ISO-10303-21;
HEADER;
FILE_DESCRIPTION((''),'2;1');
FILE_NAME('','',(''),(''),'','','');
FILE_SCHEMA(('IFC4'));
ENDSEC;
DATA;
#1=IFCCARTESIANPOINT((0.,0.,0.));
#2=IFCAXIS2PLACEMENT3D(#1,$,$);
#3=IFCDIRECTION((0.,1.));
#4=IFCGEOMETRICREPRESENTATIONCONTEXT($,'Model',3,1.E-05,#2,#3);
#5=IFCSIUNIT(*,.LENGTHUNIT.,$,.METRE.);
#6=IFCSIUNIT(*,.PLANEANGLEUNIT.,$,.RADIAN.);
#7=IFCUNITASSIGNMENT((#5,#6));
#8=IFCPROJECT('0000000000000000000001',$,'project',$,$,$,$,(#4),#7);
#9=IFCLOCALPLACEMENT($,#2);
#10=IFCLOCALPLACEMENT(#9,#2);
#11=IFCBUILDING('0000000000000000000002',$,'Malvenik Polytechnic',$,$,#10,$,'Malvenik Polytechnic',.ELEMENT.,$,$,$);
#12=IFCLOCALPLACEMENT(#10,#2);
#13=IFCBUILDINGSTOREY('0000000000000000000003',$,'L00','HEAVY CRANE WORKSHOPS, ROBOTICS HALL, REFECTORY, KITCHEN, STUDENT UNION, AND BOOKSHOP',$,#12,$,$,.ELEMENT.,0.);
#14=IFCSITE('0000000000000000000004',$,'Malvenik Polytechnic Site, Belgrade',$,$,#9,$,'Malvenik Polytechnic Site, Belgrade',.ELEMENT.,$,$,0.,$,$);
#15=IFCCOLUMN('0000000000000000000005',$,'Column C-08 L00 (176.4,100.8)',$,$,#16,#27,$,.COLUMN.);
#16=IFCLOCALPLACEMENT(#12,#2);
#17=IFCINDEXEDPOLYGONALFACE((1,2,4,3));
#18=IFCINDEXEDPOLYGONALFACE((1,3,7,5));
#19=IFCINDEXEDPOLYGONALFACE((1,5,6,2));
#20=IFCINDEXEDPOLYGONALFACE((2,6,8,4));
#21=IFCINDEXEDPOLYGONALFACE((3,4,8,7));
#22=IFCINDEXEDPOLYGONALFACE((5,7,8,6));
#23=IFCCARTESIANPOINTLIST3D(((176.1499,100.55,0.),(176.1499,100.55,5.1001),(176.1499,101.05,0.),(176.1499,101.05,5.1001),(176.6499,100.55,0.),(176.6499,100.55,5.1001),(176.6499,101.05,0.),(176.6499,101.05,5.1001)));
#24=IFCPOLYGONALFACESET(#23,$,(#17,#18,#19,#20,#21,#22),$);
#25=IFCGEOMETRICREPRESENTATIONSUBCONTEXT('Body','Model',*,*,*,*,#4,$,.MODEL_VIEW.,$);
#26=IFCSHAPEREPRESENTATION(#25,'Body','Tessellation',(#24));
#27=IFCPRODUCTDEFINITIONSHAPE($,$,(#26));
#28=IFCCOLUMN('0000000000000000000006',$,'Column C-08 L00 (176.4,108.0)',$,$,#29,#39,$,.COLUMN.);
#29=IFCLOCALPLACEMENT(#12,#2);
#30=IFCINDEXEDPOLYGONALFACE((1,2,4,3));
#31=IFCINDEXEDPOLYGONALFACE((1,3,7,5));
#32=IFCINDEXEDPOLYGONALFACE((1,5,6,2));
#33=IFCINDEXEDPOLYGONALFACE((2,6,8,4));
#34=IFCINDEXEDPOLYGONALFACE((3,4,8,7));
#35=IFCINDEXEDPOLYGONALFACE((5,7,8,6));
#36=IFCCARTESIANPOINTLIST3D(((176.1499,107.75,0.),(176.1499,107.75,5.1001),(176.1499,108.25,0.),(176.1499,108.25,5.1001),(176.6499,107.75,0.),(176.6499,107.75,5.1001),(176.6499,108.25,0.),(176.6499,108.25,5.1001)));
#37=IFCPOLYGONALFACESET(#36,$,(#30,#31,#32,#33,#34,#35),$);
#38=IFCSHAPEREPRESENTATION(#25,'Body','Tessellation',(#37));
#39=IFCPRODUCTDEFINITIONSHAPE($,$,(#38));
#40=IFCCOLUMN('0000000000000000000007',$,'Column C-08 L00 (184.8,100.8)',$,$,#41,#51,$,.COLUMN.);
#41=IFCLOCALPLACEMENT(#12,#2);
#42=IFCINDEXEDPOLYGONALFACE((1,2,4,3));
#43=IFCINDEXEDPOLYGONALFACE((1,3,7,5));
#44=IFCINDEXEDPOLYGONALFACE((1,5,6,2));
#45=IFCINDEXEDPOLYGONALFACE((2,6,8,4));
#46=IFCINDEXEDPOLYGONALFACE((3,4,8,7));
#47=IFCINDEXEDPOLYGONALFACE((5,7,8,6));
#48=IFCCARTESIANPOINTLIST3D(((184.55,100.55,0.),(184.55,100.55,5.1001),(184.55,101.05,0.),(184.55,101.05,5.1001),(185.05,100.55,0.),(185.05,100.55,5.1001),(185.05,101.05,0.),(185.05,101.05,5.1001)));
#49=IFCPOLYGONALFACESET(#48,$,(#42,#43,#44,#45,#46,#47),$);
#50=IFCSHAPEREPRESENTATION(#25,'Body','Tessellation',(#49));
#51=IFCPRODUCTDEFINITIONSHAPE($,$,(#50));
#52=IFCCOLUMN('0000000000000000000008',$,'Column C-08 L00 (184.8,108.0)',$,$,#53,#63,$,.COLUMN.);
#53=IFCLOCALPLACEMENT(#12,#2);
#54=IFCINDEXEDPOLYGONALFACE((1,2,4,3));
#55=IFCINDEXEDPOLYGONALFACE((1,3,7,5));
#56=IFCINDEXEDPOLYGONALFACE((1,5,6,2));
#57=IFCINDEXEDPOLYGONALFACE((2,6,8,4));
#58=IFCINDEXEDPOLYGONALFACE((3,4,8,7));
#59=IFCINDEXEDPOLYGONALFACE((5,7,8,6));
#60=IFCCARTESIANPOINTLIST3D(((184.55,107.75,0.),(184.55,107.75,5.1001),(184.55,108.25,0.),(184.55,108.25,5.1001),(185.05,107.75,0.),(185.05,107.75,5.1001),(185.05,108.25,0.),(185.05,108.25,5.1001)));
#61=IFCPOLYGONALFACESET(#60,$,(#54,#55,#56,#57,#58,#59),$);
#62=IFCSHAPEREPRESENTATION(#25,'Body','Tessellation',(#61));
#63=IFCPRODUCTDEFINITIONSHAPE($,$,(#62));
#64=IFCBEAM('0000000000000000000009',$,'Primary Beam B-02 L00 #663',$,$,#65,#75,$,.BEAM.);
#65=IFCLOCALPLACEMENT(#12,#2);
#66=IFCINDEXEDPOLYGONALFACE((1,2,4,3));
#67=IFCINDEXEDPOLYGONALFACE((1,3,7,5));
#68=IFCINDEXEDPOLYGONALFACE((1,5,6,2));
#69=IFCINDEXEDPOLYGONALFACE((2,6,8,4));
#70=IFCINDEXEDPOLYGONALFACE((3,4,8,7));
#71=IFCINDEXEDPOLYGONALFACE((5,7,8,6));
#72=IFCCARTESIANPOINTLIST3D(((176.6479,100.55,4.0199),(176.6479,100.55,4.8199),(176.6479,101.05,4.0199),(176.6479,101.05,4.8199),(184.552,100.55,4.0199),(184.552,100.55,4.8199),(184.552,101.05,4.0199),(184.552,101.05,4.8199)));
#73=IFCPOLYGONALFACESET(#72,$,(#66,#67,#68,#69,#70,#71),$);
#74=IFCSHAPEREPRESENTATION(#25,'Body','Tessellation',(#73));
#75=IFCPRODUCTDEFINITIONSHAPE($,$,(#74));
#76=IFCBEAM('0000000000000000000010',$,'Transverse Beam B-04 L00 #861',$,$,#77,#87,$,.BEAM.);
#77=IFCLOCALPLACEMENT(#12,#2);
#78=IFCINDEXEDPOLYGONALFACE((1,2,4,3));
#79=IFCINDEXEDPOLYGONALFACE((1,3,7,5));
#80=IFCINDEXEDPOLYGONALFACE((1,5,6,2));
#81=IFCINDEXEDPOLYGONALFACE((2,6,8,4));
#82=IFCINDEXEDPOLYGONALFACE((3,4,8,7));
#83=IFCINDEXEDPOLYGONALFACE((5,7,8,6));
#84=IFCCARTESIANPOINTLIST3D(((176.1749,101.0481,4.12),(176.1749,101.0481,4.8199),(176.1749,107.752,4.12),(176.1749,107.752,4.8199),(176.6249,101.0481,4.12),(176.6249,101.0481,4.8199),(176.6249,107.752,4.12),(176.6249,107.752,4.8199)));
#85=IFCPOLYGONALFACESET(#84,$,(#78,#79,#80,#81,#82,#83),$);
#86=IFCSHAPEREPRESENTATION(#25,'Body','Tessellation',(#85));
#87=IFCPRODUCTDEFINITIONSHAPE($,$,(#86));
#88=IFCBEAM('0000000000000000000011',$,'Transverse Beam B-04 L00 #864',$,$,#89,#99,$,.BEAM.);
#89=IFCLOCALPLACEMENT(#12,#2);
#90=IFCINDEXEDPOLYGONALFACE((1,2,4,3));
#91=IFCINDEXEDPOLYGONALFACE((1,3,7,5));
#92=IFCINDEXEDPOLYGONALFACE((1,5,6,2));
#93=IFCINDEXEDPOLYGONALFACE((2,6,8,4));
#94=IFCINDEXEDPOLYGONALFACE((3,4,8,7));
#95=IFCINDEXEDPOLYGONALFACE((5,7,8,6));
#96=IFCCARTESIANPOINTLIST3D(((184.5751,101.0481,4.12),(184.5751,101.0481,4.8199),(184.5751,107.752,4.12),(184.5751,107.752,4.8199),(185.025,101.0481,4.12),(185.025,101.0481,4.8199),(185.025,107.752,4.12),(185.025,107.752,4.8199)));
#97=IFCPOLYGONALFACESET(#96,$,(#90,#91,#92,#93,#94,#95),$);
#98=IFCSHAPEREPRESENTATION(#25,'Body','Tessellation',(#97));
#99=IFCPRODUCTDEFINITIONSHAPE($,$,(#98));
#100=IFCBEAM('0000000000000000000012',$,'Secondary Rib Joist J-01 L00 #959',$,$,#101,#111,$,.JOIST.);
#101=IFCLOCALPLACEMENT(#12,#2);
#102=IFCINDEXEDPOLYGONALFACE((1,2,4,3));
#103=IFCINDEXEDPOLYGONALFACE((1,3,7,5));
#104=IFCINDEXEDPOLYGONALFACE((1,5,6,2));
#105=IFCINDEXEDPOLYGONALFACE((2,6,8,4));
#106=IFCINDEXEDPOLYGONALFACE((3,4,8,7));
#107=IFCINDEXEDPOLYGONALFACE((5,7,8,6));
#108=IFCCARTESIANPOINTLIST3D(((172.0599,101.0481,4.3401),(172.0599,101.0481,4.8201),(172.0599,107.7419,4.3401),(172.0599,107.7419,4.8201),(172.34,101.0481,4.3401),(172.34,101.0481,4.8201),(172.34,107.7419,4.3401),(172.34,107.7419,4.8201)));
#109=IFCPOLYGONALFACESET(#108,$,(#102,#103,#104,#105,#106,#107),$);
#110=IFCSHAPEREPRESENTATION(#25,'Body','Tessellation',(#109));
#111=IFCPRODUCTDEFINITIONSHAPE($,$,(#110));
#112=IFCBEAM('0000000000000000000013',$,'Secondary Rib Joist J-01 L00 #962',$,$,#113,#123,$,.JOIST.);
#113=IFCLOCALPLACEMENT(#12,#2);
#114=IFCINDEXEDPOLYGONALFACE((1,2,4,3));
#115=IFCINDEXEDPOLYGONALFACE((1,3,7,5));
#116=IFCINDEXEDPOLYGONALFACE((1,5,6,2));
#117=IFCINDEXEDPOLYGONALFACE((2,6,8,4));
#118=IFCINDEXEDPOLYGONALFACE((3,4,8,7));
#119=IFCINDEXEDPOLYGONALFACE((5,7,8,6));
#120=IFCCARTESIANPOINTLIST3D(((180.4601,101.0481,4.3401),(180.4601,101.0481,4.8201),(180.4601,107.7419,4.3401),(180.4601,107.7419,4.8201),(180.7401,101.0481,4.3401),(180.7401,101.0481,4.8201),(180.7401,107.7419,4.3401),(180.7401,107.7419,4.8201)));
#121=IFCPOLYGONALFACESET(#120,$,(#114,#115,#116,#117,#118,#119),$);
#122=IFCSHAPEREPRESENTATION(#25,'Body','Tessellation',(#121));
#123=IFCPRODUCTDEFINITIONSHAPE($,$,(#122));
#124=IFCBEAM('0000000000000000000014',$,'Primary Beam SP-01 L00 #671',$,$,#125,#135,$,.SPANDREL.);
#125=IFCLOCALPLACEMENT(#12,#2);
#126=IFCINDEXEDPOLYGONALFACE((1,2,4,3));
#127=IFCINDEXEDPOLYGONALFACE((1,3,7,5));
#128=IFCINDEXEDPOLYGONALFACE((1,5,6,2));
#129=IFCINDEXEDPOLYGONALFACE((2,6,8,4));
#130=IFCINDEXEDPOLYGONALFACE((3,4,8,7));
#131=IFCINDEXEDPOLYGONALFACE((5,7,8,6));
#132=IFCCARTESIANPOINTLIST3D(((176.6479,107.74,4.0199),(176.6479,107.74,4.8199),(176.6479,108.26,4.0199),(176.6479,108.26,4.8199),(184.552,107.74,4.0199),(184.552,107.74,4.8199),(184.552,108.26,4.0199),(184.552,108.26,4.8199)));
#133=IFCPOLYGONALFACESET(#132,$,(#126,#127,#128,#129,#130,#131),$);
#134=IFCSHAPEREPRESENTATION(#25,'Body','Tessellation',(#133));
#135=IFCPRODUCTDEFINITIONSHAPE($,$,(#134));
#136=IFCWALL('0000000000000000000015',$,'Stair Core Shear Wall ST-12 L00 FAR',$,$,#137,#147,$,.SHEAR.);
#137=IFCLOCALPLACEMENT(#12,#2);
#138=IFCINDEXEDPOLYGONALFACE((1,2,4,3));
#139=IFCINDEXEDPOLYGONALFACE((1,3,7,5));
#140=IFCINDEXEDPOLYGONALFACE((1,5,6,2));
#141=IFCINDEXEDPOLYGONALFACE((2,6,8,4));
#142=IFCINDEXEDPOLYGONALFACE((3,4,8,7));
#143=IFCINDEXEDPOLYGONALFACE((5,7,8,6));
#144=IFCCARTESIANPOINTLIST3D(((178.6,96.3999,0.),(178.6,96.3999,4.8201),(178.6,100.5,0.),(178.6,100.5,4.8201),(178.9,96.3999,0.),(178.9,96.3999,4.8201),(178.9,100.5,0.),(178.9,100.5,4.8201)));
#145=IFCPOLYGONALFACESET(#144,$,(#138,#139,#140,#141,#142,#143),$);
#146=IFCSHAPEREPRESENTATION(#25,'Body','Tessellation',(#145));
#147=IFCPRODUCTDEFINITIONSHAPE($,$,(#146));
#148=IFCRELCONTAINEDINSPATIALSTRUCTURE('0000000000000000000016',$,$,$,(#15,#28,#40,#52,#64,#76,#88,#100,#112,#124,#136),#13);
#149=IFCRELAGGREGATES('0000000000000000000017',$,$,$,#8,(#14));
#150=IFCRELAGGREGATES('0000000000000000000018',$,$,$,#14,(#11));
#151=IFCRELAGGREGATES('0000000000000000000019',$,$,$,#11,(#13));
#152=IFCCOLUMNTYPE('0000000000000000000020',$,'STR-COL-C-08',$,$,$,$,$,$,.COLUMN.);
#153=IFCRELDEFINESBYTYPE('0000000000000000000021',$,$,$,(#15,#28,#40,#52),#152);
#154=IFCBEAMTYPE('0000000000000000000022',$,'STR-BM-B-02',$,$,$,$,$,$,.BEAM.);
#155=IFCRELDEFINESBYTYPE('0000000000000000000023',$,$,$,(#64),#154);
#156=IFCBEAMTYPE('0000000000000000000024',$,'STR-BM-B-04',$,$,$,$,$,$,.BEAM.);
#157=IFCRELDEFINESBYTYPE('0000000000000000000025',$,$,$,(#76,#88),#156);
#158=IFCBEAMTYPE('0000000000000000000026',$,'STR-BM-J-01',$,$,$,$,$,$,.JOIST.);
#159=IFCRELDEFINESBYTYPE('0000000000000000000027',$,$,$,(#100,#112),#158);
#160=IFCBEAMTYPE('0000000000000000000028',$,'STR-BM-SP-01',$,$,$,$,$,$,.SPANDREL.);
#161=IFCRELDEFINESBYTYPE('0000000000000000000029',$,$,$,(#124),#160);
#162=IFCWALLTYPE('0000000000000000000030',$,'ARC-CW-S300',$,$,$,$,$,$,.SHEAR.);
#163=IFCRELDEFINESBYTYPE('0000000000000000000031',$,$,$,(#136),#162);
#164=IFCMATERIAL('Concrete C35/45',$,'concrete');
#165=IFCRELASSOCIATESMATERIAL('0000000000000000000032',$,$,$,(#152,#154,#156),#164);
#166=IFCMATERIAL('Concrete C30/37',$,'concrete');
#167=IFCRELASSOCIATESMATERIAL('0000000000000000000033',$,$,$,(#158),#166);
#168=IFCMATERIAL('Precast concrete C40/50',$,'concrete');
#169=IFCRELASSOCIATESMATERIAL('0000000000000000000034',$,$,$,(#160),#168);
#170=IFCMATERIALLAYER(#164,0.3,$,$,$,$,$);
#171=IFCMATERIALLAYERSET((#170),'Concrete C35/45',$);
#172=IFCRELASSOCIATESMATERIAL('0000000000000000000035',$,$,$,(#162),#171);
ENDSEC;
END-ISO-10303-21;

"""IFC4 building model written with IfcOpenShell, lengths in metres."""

from ifc_helpers import new_model, si_unit, direction, frame, frame_2d, origin, origin_2d, place, context, subcontext, project, spatial, rectangle, extrude, material, layer, layer_set, material_profile, profile_set, type_object, element, save


model = new_model("IFC4")

# Units and contexts
model_context = context("Model", 3, precision=1e-05, world=origin(), true_north=direction((0.0, 1.0)))
body_context = subcontext(model_context, "Body", "Model", "MODEL_VIEW")
ifc_project = project(units=[si_unit("LENGTHUNIT", "METRE"), si_unit("PLANEANGLEUNIT", "RADIAN")], contexts=[model_context])

# Site, building, storey
site_placement = place(None, origin())
site = spatial("IfcSite", under=ifc_project, at=site_placement, Name="Malvenik Polytechnic Site, Belgrade", LongName="Malvenik Polytechnic Site, Belgrade", CompositionType="ELEMENT", RefElevation=0.0)
building_placement = place(site_placement, origin())
building = spatial("IfcBuilding", under=site, at=building_placement, Name="Malvenik Polytechnic", LongName="Malvenik Polytechnic", CompositionType="ELEMENT")
storey_placement = place(building_placement, origin())
storey = spatial("IfcBuildingStorey", under=building, at=storey_placement, Name="L00", Description="HEAVY CRANE WORKSHOPS, ROBOTICS HALL, REFECTORY, KITCHEN, STUDENT UNION, AND BOOKSHOP", CompositionType="ELEMENT", Elevation=0.0)

# Columns
ifc_material_1 = material(Name="Concrete C35/45", Category="concrete")
ifc_material_profile_1 = material_profile(ifc_material_1, rectangle(XDim=0.5, YDim=0.5, at=origin_2d()), Name="RC COL 500x500")
ifc_profile_set_1 = profile_set([ifc_material_profile_1], Name="Concrete C35/45")
column_type = type_object("IfcColumnType", Name="STR-COL-C-08", PredefinedType="COLUMN", material=ifc_profile_set_1)
for number, where, z_axis, x_axis, name in (
    (1, (176.3999, 100.8, 0.0), (0.0, 0.0, 1.0), (1.0, 0.0, 0.0), "Column C-08 L00 (176.4,100.8)"),
    (2, (176.3999, 108.0, 0.0), (0.0, 0.0, 1.0), (1.0, 0.0, 0.0), "Column C-08 L00 (176.4,108.0)"),
    (3, (184.8, 100.8, 0.0), (0.0, 0.0, 1.0), (1.0, 0.0, 0.0), "Column C-08 L00 (184.8,100.8)"),
    (4, (184.8, 108.0, 0.0), (0.0, 0.0, 1.0), (1.0, 0.0, 0.0), "Column C-08 L00 (184.8,108.0)"),
):
    element("IfcColumn", number, at=place(storey_placement, frame(where, z_axis=z_axis, x_axis=x_axis)), inside=storey, type_object=column_type, Name=name, PredefinedType="COLUMN", context=body_context, shape_type="SweptSolid", body=[
        extrude(rectangle(XDim=0.5, YDim=0.5, at=origin_2d()), origin(), (0.0, 0.0, 1.0), 5.1001),
    ])

# Beams
ifc_material_profile_2 = material_profile(ifc_material_1, rectangle(XDim=0.5, YDim=0.8, at=origin_2d()), Name="RC BM 500x800")
ifc_profile_set_2 = profile_set([ifc_material_profile_2], Name="Concrete C35/45")
beam_type_1 = type_object("IfcBeamType", Name="STR-BM-B-02", PredefinedType="BEAM", material=ifc_profile_set_2)
beam_1_placement = place(storey_placement, frame((176.6479, 100.8, 4.4199), z_axis=(1.0, 0.0, 0.0), x_axis=(0.0, 1.0, 0.0)))
element("IfcBeam", 5, at=beam_1_placement, inside=storey, type_object=beam_type_1, Name="Primary Beam B-02 L00 #663", PredefinedType="BEAM", context=body_context, shape_type="SweptSolid", body=[
    extrude(rectangle(XDim=0.5, YDim=0.8, at=origin_2d()), origin(), (0.0, 0.0, 1.0), 7.9041),
])
ifc_material_profile_3 = material_profile(ifc_material_1, rectangle(XDim=0.45, YDim=0.7, at=origin_2d()), Name="RC BM 450x700")
ifc_profile_set_3 = profile_set([ifc_material_profile_3], Name="Concrete C35/45")
beam_type_2 = type_object("IfcBeamType", Name="STR-BM-B-04", PredefinedType="BEAM", material=ifc_profile_set_3)
for number, where, z_axis, x_axis, name in (
    (6, (176.3999, 101.0481, 4.47), (0.0, 1.0, 0.0), (-1.0, 0.0, 0.0), "Transverse Beam B-04 L00 #861"),
    (7, (184.8, 101.0481, 4.47), (0.0, 1.0, 0.0), (-1.0, 0.0, 0.0), "Transverse Beam B-04 L00 #864"),
):
    element("IfcBeam", number, at=place(storey_placement, frame(where, z_axis=z_axis, x_axis=x_axis)), inside=storey, type_object=beam_type_2, Name=name, PredefinedType="BEAM", context=body_context, shape_type="SweptSolid", body=[
        extrude(rectangle(XDim=0.45, YDim=0.7, at=origin_2d()), origin(), (0.0, 0.0, 1.0), 6.7039),
    ])
ifc_material_2 = material(Name="Concrete C30/37", Category="concrete")
ifc_material_profile_4 = material_profile(ifc_material_2, rectangle(XDim=0.28, YDim=0.48, at=origin_2d()), Name="RC JST 280x480")
ifc_profile_set_4 = profile_set([ifc_material_profile_4], Name="Concrete C30/37")
beam_type_3 = type_object("IfcBeamType", Name="STR-BM-J-01", PredefinedType="JOIST", material=ifc_profile_set_4)
for number, where, z_axis, x_axis, name in (
    (8, (172.2, 101.0481, 4.5801), (0.0, 1.0, 0.0), (-1.0, 0.0, 0.0), "Secondary Rib Joist J-01 L00 #959"),
    (9, (180.6001, 101.0481, 4.5801), (0.0, 1.0, 0.0), (-1.0, 0.0, 0.0), "Secondary Rib Joist J-01 L00 #962"),
):
    element("IfcBeam", number, at=place(storey_placement, frame(where, z_axis=z_axis, x_axis=x_axis)), inside=storey, type_object=beam_type_3, Name=name, PredefinedType="JOIST", context=body_context, shape_type="SweptSolid", body=[
        extrude(rectangle(XDim=0.28, YDim=0.48, at=origin_2d()), origin(), (0.0, 0.0, 1.0), 6.6938),
    ])
ifc_material_3 = material(Name="Precast concrete C40/50", Category="concrete")
ifc_material_profile_5 = material_profile(ifc_material_3, rectangle(XDim=0.52, YDim=0.8, at=origin_2d()), Name="PC SPN 520x800")
ifc_profile_set_5 = profile_set([ifc_material_profile_5], Name="Precast concrete C40/50")
beam_type_4 = type_object("IfcBeamType", Name="STR-BM-SP-01", PredefinedType="SPANDREL", material=ifc_profile_set_5)
beam_2_placement = place(storey_placement, frame((176.6479, 108.0, 4.4199), z_axis=(1.0, 0.0, 0.0), x_axis=(0.0, 1.0, 0.0)))
element("IfcBeam", 10, at=beam_2_placement, inside=storey, type_object=beam_type_4, Name="Primary Beam SP-01 L00 #671", PredefinedType="SPANDREL", context=body_context, shape_type="SweptSolid", body=[
    extrude(rectangle(XDim=0.52, YDim=0.8, at=origin_2d()), origin(), (0.0, 0.0, 1.0), 7.9041),
])

# Wall
ifc_layer_1 = layer(ifc_material_1, 0.3)
ifc_layer_set_1 = layer_set([ifc_layer_1], Name="Concrete C35/45")
wall_type_1 = type_object("IfcWallType", Name="ARC-CW-S300", PredefinedType="SHEAR", material=ifc_layer_set_1)
wall_1_placement = place(storey_placement, frame((178.75, 100.5, 0.0), z_axis=(0.0, 0.0, 1.0), x_axis=(0.0, -1.0, 0.0)))
element("IfcWall", 11, at=wall_1_placement, inside=storey, type_object=wall_type_1, Name="Stair Core Shear Wall ST-12 L00 FAR", PredefinedType="SHEAR", context=body_context, shape_type="SweptSolid", body=[
    extrude(rectangle(XDim=4.1001, YDim=0.3, at=frame_2d((2.05, 0.0))), origin(), (0.0, 0.0, 1.0), 4.8201),
])

save(model, "model.ifc")
